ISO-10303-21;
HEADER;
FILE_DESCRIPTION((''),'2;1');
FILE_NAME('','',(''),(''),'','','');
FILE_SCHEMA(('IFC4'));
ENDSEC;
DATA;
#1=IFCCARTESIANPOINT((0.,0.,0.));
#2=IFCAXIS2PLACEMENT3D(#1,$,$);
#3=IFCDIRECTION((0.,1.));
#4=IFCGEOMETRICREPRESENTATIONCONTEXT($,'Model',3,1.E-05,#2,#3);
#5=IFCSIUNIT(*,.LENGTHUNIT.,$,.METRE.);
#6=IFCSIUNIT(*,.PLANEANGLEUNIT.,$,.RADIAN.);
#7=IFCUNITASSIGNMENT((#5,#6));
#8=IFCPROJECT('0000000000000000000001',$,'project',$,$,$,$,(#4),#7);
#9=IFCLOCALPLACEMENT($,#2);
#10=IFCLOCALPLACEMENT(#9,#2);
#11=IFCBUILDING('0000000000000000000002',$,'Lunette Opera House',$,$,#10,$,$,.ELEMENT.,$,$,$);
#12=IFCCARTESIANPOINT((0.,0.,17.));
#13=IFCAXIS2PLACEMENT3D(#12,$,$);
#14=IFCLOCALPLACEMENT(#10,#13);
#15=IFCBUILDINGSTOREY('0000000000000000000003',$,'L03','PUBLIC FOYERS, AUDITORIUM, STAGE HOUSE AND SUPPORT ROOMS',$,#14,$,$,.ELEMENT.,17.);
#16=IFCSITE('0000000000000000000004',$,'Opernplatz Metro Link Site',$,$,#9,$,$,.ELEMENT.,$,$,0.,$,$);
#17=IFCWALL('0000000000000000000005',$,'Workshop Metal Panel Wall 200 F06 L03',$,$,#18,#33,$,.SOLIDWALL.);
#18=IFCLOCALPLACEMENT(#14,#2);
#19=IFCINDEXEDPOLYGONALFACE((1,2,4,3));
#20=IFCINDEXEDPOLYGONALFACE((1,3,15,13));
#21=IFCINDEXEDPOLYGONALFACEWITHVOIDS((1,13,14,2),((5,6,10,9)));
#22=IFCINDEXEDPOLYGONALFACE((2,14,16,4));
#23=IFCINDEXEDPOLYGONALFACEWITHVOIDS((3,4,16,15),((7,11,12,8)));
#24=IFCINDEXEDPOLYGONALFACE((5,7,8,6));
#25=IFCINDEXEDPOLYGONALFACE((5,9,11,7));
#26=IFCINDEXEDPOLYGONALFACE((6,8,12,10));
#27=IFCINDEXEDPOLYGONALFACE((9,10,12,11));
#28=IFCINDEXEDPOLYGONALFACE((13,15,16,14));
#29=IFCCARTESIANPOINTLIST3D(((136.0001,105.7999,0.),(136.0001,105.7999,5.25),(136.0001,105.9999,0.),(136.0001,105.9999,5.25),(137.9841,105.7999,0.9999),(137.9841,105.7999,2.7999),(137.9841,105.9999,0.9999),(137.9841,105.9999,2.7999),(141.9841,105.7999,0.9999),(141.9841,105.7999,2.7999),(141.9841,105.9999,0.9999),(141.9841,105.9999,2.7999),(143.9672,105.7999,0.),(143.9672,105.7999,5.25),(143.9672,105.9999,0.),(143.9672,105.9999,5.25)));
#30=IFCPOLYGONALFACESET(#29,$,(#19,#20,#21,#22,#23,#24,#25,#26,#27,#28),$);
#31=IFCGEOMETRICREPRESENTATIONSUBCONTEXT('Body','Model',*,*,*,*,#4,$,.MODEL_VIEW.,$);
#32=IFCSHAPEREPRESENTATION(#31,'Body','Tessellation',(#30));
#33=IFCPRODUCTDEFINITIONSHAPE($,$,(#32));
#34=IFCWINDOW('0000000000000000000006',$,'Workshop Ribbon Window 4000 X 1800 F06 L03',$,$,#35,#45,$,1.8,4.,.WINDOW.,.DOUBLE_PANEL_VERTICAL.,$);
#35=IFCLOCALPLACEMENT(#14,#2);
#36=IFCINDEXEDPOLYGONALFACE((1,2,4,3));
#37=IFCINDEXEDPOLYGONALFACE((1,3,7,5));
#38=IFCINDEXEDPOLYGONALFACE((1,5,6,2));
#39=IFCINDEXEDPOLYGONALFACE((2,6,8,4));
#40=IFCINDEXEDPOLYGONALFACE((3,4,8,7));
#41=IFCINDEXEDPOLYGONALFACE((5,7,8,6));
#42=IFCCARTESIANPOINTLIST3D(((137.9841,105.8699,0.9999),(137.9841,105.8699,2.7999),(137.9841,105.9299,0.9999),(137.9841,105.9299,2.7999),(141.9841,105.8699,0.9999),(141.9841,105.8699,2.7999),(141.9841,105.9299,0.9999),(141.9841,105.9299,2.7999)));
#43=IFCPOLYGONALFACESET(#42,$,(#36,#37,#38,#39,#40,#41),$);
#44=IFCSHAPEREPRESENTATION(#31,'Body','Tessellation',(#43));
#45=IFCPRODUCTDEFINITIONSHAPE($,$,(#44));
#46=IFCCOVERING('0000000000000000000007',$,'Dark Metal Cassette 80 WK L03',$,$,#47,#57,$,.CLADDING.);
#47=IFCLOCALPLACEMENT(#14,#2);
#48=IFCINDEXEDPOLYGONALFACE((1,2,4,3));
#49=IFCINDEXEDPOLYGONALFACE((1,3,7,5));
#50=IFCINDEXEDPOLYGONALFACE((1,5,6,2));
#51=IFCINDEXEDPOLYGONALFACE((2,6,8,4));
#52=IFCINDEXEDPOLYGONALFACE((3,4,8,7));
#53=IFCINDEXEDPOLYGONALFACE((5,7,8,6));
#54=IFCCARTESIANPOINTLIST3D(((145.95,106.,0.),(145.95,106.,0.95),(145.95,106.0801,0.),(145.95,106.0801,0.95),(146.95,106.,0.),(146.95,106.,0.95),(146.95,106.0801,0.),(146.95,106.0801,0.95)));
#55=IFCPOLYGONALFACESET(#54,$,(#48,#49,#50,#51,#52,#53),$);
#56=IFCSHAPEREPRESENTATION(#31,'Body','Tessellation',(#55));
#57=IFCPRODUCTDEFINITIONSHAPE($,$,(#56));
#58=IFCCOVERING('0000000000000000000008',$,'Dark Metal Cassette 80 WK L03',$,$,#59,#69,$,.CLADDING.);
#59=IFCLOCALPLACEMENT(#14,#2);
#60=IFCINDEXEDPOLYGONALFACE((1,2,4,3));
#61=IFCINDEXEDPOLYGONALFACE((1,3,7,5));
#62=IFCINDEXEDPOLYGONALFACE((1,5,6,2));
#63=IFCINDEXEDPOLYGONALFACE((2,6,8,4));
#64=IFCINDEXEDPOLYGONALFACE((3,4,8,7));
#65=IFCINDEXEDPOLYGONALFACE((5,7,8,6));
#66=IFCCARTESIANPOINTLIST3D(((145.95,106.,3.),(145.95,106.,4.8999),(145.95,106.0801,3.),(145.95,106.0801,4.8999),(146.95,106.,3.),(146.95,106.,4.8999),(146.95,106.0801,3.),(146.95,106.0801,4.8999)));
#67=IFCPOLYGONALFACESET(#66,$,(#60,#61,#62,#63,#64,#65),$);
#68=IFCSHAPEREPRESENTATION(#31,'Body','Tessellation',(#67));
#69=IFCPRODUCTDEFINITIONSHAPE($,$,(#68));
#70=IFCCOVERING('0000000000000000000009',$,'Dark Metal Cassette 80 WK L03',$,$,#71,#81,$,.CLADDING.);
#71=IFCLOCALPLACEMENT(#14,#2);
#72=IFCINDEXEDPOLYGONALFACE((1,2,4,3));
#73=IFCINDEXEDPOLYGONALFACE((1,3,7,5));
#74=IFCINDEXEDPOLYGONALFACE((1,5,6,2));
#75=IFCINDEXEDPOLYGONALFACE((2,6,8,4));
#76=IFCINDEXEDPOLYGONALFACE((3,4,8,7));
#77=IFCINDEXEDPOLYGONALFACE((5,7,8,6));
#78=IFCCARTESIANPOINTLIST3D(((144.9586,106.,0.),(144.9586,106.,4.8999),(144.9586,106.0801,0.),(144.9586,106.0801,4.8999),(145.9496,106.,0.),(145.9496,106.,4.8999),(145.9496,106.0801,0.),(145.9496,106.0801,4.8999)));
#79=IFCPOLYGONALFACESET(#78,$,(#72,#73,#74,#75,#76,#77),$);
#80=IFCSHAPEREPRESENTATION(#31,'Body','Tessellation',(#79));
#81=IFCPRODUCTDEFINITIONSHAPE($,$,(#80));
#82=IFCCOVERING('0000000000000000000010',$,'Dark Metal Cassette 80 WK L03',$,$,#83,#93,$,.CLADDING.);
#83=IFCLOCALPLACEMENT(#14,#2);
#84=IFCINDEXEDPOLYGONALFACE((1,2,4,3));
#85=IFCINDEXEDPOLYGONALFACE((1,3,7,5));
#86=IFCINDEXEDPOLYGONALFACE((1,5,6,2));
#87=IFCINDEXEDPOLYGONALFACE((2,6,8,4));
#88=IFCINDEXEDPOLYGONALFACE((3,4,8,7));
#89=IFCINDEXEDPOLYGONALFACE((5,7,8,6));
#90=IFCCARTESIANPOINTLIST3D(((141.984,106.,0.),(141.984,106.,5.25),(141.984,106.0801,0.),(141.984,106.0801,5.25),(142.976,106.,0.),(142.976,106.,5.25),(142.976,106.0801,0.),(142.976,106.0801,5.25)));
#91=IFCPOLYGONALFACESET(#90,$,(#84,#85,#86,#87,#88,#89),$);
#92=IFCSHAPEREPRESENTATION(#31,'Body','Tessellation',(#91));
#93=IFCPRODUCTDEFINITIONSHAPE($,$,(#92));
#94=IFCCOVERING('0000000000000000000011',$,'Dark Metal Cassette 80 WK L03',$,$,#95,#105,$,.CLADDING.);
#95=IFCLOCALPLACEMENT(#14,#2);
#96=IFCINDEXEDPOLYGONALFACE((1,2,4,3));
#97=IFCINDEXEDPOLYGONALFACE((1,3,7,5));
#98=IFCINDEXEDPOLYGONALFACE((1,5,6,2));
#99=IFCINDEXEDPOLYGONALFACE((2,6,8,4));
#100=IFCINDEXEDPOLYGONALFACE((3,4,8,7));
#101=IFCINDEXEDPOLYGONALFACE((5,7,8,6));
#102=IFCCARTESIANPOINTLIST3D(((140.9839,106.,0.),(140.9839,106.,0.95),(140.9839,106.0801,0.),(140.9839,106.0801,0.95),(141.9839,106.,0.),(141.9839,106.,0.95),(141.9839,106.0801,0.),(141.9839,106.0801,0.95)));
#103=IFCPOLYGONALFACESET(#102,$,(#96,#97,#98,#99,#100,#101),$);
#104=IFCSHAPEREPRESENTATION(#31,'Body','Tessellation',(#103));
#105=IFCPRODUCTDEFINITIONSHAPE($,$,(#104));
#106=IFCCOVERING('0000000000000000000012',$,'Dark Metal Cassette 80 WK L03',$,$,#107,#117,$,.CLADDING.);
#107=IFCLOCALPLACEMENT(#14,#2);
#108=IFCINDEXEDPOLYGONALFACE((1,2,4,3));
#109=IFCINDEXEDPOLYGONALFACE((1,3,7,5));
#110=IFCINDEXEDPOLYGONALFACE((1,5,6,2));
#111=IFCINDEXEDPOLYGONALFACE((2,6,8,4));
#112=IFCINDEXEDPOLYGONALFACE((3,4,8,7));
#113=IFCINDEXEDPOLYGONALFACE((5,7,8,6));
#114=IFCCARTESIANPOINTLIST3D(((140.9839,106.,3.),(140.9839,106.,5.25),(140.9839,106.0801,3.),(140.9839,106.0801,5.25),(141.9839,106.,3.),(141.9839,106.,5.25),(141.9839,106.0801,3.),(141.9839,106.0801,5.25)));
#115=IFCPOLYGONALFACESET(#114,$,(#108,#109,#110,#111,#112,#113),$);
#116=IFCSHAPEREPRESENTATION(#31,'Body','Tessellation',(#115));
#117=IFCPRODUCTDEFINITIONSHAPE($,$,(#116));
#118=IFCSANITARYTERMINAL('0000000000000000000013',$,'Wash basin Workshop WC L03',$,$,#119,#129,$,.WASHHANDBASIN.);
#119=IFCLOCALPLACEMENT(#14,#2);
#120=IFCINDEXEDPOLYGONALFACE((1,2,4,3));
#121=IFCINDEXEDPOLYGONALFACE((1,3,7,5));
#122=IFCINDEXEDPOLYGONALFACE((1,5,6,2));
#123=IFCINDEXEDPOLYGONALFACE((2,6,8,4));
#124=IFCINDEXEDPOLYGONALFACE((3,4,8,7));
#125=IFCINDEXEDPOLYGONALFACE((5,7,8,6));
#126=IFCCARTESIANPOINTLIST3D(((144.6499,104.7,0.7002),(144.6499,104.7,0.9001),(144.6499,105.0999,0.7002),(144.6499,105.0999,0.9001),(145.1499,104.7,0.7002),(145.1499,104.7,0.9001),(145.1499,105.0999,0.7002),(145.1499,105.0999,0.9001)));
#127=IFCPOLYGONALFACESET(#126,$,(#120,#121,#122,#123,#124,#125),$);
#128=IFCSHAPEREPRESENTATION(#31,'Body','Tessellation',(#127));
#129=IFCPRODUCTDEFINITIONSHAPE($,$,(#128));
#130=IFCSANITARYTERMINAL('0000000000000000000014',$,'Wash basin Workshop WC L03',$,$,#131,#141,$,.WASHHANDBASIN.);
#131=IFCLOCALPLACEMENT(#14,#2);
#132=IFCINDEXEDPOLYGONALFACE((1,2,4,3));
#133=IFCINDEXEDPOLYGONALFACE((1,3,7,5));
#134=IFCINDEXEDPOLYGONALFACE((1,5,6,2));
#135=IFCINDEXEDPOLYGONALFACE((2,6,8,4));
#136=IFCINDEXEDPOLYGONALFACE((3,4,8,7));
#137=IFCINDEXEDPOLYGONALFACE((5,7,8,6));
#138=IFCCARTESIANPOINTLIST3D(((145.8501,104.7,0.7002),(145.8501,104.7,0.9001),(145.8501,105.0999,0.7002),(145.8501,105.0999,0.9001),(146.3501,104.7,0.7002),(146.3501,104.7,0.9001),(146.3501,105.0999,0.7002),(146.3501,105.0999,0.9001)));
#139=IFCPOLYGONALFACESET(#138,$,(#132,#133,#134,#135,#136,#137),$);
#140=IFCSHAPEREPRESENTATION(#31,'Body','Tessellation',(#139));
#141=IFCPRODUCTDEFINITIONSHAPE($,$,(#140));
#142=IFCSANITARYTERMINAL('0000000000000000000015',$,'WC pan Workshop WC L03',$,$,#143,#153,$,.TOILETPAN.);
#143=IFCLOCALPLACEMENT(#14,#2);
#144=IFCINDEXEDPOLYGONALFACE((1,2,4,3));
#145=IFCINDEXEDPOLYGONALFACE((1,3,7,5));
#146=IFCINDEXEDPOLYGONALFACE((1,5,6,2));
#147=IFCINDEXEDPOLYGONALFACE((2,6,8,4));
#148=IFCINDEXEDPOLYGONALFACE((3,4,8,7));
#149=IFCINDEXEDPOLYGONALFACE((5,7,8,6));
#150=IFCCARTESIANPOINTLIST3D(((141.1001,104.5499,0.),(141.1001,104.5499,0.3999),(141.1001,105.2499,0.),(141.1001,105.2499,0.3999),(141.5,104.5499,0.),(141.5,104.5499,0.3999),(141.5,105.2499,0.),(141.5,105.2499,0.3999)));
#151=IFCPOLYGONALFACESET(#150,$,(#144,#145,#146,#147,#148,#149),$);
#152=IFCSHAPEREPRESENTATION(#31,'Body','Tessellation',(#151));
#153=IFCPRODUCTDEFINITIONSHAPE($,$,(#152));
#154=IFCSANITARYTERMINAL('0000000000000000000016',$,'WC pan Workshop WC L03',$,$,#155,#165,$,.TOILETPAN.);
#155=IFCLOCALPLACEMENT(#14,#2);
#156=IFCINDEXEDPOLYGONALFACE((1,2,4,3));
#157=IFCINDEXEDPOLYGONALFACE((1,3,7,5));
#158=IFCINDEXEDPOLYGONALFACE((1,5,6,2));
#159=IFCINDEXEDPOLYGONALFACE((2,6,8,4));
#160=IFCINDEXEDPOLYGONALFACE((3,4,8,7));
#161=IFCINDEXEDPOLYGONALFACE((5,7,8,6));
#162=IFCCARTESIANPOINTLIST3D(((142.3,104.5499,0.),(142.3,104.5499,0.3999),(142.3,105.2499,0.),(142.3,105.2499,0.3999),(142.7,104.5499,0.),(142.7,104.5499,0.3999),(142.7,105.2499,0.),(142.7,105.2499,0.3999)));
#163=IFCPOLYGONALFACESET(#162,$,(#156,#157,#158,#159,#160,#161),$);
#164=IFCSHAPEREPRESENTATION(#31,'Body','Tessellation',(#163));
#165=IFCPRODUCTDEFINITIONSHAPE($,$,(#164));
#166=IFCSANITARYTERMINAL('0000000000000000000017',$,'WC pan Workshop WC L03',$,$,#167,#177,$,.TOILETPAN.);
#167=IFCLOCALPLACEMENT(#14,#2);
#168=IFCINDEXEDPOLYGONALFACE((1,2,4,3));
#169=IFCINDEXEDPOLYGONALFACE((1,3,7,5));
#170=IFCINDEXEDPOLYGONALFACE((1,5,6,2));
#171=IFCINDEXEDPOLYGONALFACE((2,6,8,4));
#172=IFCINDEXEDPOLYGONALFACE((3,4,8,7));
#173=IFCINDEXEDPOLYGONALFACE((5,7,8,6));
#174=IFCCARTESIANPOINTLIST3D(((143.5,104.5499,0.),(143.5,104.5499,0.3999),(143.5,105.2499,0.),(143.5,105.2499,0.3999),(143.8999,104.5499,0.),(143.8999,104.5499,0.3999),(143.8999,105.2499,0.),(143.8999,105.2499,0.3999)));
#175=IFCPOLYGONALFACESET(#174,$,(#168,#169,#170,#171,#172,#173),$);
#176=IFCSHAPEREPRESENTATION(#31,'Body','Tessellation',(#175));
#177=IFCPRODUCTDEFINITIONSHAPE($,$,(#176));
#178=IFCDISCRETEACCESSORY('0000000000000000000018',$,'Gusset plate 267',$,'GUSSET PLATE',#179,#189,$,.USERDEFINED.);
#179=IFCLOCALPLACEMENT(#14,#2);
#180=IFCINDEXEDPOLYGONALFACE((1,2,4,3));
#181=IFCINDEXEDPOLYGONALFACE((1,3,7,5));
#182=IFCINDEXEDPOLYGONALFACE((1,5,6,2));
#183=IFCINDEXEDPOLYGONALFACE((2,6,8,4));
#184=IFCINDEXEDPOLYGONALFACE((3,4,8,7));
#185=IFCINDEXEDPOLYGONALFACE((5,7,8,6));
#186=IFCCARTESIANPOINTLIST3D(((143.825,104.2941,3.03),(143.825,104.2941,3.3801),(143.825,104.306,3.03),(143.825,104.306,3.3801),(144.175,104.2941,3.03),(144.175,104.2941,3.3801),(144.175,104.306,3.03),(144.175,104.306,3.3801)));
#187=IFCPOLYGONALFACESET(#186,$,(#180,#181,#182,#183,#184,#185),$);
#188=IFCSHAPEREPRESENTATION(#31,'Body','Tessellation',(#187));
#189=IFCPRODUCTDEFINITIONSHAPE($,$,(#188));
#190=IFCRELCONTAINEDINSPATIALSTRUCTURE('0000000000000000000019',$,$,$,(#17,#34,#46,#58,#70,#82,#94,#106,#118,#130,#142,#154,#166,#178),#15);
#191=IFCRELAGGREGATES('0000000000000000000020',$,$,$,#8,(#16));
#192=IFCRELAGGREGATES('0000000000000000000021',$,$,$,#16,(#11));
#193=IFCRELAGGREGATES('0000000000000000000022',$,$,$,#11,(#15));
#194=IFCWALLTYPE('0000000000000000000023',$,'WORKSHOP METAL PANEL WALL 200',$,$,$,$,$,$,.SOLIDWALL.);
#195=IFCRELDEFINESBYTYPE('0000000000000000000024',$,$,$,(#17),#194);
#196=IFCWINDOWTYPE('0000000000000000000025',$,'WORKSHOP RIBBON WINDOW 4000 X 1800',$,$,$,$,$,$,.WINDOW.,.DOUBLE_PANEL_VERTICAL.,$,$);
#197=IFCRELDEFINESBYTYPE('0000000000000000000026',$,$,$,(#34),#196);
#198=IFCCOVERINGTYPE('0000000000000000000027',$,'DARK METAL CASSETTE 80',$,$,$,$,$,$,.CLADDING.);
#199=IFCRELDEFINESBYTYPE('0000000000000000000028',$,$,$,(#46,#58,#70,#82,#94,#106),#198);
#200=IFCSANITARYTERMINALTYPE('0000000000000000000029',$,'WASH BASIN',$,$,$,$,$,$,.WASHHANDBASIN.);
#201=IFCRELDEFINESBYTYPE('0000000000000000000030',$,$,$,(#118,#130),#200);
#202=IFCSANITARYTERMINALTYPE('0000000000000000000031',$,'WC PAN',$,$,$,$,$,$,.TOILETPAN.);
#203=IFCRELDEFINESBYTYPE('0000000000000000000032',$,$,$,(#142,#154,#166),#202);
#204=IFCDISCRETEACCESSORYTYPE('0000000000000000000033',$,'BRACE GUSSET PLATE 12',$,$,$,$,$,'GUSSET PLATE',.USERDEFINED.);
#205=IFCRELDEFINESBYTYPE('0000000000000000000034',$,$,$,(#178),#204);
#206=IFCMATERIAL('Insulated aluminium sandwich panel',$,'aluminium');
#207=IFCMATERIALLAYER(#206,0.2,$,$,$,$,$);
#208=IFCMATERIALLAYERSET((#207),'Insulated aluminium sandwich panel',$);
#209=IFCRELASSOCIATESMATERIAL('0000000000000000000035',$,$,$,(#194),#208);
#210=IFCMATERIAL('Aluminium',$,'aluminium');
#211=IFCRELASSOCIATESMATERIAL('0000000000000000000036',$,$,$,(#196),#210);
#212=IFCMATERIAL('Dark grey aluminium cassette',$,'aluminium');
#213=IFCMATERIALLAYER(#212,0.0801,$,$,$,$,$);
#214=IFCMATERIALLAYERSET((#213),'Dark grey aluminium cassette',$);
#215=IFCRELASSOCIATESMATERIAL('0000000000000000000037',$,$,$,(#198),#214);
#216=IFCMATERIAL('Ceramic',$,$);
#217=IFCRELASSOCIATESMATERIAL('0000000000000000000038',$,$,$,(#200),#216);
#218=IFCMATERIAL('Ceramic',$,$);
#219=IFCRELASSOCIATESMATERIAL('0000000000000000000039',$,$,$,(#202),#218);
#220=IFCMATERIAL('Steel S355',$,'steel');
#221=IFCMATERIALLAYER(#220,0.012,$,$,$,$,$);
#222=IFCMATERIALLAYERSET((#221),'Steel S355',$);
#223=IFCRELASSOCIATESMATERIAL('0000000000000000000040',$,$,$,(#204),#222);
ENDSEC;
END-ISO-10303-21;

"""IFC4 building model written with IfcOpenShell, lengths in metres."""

from ifc_helpers import new_model, si_unit, direction, frame, frame_2d, origin, origin_2d, place, context, subcontext, project, spatial, rectangle, extrude, material, layer, layer_set, type_object, element, fill, save


model = new_model("IFC4")

# Units and contexts
model_context = context("Model", 3, precision=1e-05, world=origin(), true_north=direction((0.0, 1.0)))
body_context = subcontext(model_context, "Body", "Model", "MODEL_VIEW")
ifc_project = project(units=[si_unit("LENGTHUNIT", "METRE"), si_unit("PLANEANGLEUNIT", "RADIAN")], contexts=[model_context])

# Site, building, storey
site_placement = place(None, origin())
site = spatial("IfcSite", under=ifc_project, at=site_placement, Name="Opernplatz Metro Link Site", CompositionType="ELEMENT", RefElevation=0.0)
building_placement = place(site_placement, origin())
building = spatial("IfcBuilding", under=site, at=building_placement, Name="Lunette Opera House", CompositionType="ELEMENT")
storey_placement = place(building_placement, frame((0.0, 0.0, 17.0)))
storey = spatial("IfcBuildingStorey", under=building, at=storey_placement, Name="L03", Description="PUBLIC FOYERS, AUDITORIUM, STAGE HOUSE AND SUPPORT ROOMS", CompositionType="ELEMENT", Elevation=17.0)

# Wall, opening, window
ifc_material_1 = material(Name="Insulated aluminium sandwich panel", Category="aluminium")
ifc_layer_1 = layer(ifc_material_1, 0.2)
ifc_layer_set_1 = layer_set([ifc_layer_1], Name="Insulated aluminium sandwich panel")
wall_type_1 = type_object("IfcWallType", Name="WORKSHOP METAL PANEL WALL 200", PredefinedType="SOLIDWALL", material=ifc_layer_set_1)
wall_1_placement = place(storey_placement, frame((143.967, 105.8999, 0.0), z_axis=(0.0, 0.0, 1.0), x_axis=(-1.0, 0.0, 0.0)))
wall_1 = element("IfcWall", 1, at=wall_1_placement, inside=storey, type_object=wall_type_1, Name="Workshop Metal Panel Wall 200 F06 L03", PredefinedType="SOLIDWALL", context=body_context, shape_type="SweptSolid", body=[
    extrude(rectangle(XDim=7.967, YDim=0.2, at=frame_2d((3.9834, 0.0))), origin(), (0.0, 0.0, 1.0), 5.25),
])
opening_placement = place(wall_1_placement, frame((1.9829, 0.0, 1.0)))
opening = element("IfcOpeningElement", 2, at=opening_placement, cuts=wall_1, PredefinedType="OPENING", context=body_context, shape_type="SweptSolid", body=[
    extrude(rectangle(XDim=4.0, YDim=1.8, at=frame_2d((2.0, 0.8999))), frame((0.0, 0.1121, 0.0), z_axis=(0.0, -1.0, 0.0), x_axis=(1.0, 0.0, 0.0)), (0.0, 0.0, 1.0), 0.2239),
])
ifc_material_2 = material(Name="Aluminium", Category="aluminium")
window_type = type_object("IfcWindowType", Name="WORKSHOP RIBBON WINDOW 4000 X 1800", PartitioningType="DOUBLE_PANEL_VERTICAL", PredefinedType="WINDOW", material=ifc_material_2)
window_placement = place(opening_placement, origin())
window = element("IfcWindow", 3, at=window_placement, inside=storey, type_object=window_type, Name="Workshop Ribbon Window 4000 X 1800 F06 L03", OverallHeight=1.8, OverallWidth=4.0, PartitioningType="DOUBLE_PANEL_VERTICAL", PredefinedType="WINDOW", context=body_context, shape_type="SweptSolid", body=[
    extrude(rectangle(XDim=4.0, YDim=1.8, at=frame_2d((2.0, 0.8999))), frame((0.0, 0.03, 0.0), z_axis=(0.0, -1.0, 0.0), x_axis=(1.0, 0.0, 0.0)), (0.0, 0.0, 1.0), 0.0601),
])
fill(opening, window)

# Coverings
ifc_material_3 = material(Name="Dark grey aluminium cassette", Category="aluminium")
ifc_layer_2 = layer(ifc_material_3, 0.0801)
ifc_layer_set_2 = layer_set([ifc_layer_2], Name="Dark grey aluminium cassette")
covering_type = type_object("IfcCoveringType", Name="DARK METAL CASSETTE 80", PredefinedType="CLADDING", material=ifc_layer_set_2)
covering_1_placement = place(storey_placement, frame((146.45, 106.04, 0.0), z_axis=(0.0, 0.0, 1.0), x_axis=(-1.0, 0.0, 0.0)))
element("IfcCovering", 4, at=covering_1_placement, inside=storey, type_object=covering_type, Name="Dark Metal Cassette 80 WK L03", PredefinedType="CLADDING", context=body_context, shape_type="SweptSolid", body=[
    extrude(rectangle(XDim=1.0, YDim=0.0801, at=origin_2d()), origin(), (0.0, 0.0, 1.0), 0.95),
])
covering_2_placement = place(storey_placement, frame((146.45, 106.04, 3.0), z_axis=(0.0, 0.0, 1.0), x_axis=(-1.0, 0.0, 0.0)))
element("IfcCovering", 5, at=covering_2_placement, inside=storey, type_object=covering_type, Name="Dark Metal Cassette 80 WK L03", PredefinedType="CLADDING", context=body_context, shape_type="SweptSolid", body=[
    extrude(rectangle(XDim=1.0, YDim=0.0801, at=origin_2d()), origin(), (0.0, 0.0, 1.0), 1.8999),
])
covering_3_placement = place(storey_placement, frame((145.4541, 106.04, 0.0), z_axis=(0.0, 0.0, 1.0), x_axis=(-1.0, 0.0, 0.0)))
element("IfcCovering", 6, at=covering_3_placement, inside=storey, type_object=covering_type, Name="Dark Metal Cassette 80 WK L03", PredefinedType="CLADDING", context=body_context, shape_type="SweptSolid", body=[
    extrude(rectangle(XDim=0.991, YDim=0.0801, at=origin_2d()), origin(), (0.0, 0.0, 1.0), 4.8999),
])
covering_4_placement = place(storey_placement, frame((142.48, 106.04, 0.0), z_axis=(0.0, 0.0, 1.0), x_axis=(-1.0, 0.0, 0.0)))
element("IfcCovering", 7, at=covering_4_placement, inside=storey, type_object=covering_type, Name="Dark Metal Cassette 80 WK L03", PredefinedType="CLADDING", context=body_context, shape_type="SweptSolid", body=[
    extrude(rectangle(XDim=0.9919, YDim=0.0801, at=origin_2d()), origin(), (0.0, 0.0, 1.0), 5.25),
])
covering_5_placement = place(storey_placement, frame((141.4839, 106.04, 0.0), z_axis=(0.0, 0.0, 1.0), x_axis=(-1.0, 0.0, 0.0)))
element("IfcCovering", 8, at=covering_5_placement, inside=storey, type_object=covering_type, Name="Dark Metal Cassette 80 WK L03", PredefinedType="CLADDING", context=body_context, shape_type="SweptSolid", body=[
    extrude(rectangle(XDim=1.0, YDim=0.0801, at=origin_2d()), origin(), (0.0, 0.0, 1.0), 0.95),
])
covering_6_placement = place(storey_placement, frame((141.4839, 106.04, 3.0), z_axis=(0.0, 0.0, 1.0), x_axis=(-1.0, 0.0, 0.0)))
element("IfcCovering", 9, at=covering_6_placement, inside=storey, type_object=covering_type, Name="Dark Metal Cassette 80 WK L03", PredefinedType="CLADDING", context=body_context, shape_type="SweptSolid", body=[
    extrude(rectangle(XDim=1.0, YDim=0.0801, at=origin_2d()), origin(), (0.0, 0.0, 1.0), 2.25),
])

# Sanitary terminals
ifc_material_4 = material(Name="Ceramic")
sanitary_terminal_type_1 = type_object("IfcSanitaryTerminalType", Name="WASH BASIN", PredefinedType="WASHHANDBASIN", material=ifc_material_4)
for number, where, z_axis, x_axis, name in (
    (10, (144.8999, 104.8999, 0.7002), (0.0, 0.0, 1.0), (1.0, 0.0, 0.0), "Wash basin Workshop WC L03"),
    (11, (146.1001, 104.8999, 0.7002), (0.0, 0.0, 1.0), (1.0, 0.0, 0.0), "Wash basin Workshop WC L03"),
):
    element("IfcSanitaryTerminal", number, at=place(storey_placement, frame(where, z_axis=z_axis, x_axis=x_axis)), inside=storey, type_object=sanitary_terminal_type_1, Name=name, PredefinedType="WASHHANDBASIN", context=body_context, shape_type="SweptSolid", body=[
        extrude(rectangle(XDim=0.5, YDim=0.3999, at=origin_2d()), origin(), (0.0, 0.0, 1.0), 0.2),
    ])
ifc_material_5 = material(Name="Ceramic")
sanitary_terminal_type_2 = type_object("IfcSanitaryTerminalType", Name="WC PAN", PredefinedType="TOILETPAN", material=ifc_material_5)
for number, where, z_axis, x_axis, name in (
    (12, (141.3, 104.8999, 0.0), (0.0, 0.0, 1.0), (1.0, 0.0, 0.0), "WC pan Workshop WC L03"),
    (13, (142.5, 104.8999, 0.0), (0.0, 0.0, 1.0), (1.0, 0.0, 0.0), "WC pan Workshop WC L03"),
    (14, (143.7, 104.8999, 0.0), (0.0, 0.0, 1.0), (1.0, 0.0, 0.0), "WC pan Workshop WC L03"),
):
    element("IfcSanitaryTerminal", number, at=place(storey_placement, frame(where, z_axis=z_axis, x_axis=x_axis)), inside=storey, type_object=sanitary_terminal_type_2, Name=name, PredefinedType="TOILETPAN", context=body_context, shape_type="SweptSolid", body=[
        extrude(rectangle(XDim=0.3999, YDim=0.7, at=origin_2d()), origin(), (0.0, 0.0, 1.0), 0.3999),
    ])

# Discrete accessory
ifc_material_6 = material(Name="Steel S355", Category="steel")
ifc_layer_3 = layer(ifc_material_6, 0.012)
ifc_layer_set_3 = layer_set([ifc_layer_3], Name="Steel S355")
discrete_accessory_type = type_object("IfcDiscreteAccessoryType", Name="BRACE GUSSET PLATE 12", ElementType="GUSSET PLATE", PredefinedType="USERDEFINED", material=ifc_layer_set_3)
for number, where, z_axis, x_axis, name in (
    (15, (144.0, 104.3, 3.03), (0.0, 0.0, 1.0), (1.0, 0.0, 0.0), "Gusset plate 267"),
):
    element("IfcDiscreteAccessory", number, at=place(storey_placement, frame(where, z_axis=z_axis, x_axis=x_axis)), inside=storey, type_object=discrete_accessory_type, Name=name, ObjectType="GUSSET PLATE", PredefinedType="USERDEFINED", context=body_context, shape_type="SweptSolid", body=[
        extrude(rectangle(XDim=0.3501, YDim=0.012, at=origin_2d()), origin(), (0.0, 0.0, 1.0), 0.3501),
    ])

save(model, "model.ifc")
